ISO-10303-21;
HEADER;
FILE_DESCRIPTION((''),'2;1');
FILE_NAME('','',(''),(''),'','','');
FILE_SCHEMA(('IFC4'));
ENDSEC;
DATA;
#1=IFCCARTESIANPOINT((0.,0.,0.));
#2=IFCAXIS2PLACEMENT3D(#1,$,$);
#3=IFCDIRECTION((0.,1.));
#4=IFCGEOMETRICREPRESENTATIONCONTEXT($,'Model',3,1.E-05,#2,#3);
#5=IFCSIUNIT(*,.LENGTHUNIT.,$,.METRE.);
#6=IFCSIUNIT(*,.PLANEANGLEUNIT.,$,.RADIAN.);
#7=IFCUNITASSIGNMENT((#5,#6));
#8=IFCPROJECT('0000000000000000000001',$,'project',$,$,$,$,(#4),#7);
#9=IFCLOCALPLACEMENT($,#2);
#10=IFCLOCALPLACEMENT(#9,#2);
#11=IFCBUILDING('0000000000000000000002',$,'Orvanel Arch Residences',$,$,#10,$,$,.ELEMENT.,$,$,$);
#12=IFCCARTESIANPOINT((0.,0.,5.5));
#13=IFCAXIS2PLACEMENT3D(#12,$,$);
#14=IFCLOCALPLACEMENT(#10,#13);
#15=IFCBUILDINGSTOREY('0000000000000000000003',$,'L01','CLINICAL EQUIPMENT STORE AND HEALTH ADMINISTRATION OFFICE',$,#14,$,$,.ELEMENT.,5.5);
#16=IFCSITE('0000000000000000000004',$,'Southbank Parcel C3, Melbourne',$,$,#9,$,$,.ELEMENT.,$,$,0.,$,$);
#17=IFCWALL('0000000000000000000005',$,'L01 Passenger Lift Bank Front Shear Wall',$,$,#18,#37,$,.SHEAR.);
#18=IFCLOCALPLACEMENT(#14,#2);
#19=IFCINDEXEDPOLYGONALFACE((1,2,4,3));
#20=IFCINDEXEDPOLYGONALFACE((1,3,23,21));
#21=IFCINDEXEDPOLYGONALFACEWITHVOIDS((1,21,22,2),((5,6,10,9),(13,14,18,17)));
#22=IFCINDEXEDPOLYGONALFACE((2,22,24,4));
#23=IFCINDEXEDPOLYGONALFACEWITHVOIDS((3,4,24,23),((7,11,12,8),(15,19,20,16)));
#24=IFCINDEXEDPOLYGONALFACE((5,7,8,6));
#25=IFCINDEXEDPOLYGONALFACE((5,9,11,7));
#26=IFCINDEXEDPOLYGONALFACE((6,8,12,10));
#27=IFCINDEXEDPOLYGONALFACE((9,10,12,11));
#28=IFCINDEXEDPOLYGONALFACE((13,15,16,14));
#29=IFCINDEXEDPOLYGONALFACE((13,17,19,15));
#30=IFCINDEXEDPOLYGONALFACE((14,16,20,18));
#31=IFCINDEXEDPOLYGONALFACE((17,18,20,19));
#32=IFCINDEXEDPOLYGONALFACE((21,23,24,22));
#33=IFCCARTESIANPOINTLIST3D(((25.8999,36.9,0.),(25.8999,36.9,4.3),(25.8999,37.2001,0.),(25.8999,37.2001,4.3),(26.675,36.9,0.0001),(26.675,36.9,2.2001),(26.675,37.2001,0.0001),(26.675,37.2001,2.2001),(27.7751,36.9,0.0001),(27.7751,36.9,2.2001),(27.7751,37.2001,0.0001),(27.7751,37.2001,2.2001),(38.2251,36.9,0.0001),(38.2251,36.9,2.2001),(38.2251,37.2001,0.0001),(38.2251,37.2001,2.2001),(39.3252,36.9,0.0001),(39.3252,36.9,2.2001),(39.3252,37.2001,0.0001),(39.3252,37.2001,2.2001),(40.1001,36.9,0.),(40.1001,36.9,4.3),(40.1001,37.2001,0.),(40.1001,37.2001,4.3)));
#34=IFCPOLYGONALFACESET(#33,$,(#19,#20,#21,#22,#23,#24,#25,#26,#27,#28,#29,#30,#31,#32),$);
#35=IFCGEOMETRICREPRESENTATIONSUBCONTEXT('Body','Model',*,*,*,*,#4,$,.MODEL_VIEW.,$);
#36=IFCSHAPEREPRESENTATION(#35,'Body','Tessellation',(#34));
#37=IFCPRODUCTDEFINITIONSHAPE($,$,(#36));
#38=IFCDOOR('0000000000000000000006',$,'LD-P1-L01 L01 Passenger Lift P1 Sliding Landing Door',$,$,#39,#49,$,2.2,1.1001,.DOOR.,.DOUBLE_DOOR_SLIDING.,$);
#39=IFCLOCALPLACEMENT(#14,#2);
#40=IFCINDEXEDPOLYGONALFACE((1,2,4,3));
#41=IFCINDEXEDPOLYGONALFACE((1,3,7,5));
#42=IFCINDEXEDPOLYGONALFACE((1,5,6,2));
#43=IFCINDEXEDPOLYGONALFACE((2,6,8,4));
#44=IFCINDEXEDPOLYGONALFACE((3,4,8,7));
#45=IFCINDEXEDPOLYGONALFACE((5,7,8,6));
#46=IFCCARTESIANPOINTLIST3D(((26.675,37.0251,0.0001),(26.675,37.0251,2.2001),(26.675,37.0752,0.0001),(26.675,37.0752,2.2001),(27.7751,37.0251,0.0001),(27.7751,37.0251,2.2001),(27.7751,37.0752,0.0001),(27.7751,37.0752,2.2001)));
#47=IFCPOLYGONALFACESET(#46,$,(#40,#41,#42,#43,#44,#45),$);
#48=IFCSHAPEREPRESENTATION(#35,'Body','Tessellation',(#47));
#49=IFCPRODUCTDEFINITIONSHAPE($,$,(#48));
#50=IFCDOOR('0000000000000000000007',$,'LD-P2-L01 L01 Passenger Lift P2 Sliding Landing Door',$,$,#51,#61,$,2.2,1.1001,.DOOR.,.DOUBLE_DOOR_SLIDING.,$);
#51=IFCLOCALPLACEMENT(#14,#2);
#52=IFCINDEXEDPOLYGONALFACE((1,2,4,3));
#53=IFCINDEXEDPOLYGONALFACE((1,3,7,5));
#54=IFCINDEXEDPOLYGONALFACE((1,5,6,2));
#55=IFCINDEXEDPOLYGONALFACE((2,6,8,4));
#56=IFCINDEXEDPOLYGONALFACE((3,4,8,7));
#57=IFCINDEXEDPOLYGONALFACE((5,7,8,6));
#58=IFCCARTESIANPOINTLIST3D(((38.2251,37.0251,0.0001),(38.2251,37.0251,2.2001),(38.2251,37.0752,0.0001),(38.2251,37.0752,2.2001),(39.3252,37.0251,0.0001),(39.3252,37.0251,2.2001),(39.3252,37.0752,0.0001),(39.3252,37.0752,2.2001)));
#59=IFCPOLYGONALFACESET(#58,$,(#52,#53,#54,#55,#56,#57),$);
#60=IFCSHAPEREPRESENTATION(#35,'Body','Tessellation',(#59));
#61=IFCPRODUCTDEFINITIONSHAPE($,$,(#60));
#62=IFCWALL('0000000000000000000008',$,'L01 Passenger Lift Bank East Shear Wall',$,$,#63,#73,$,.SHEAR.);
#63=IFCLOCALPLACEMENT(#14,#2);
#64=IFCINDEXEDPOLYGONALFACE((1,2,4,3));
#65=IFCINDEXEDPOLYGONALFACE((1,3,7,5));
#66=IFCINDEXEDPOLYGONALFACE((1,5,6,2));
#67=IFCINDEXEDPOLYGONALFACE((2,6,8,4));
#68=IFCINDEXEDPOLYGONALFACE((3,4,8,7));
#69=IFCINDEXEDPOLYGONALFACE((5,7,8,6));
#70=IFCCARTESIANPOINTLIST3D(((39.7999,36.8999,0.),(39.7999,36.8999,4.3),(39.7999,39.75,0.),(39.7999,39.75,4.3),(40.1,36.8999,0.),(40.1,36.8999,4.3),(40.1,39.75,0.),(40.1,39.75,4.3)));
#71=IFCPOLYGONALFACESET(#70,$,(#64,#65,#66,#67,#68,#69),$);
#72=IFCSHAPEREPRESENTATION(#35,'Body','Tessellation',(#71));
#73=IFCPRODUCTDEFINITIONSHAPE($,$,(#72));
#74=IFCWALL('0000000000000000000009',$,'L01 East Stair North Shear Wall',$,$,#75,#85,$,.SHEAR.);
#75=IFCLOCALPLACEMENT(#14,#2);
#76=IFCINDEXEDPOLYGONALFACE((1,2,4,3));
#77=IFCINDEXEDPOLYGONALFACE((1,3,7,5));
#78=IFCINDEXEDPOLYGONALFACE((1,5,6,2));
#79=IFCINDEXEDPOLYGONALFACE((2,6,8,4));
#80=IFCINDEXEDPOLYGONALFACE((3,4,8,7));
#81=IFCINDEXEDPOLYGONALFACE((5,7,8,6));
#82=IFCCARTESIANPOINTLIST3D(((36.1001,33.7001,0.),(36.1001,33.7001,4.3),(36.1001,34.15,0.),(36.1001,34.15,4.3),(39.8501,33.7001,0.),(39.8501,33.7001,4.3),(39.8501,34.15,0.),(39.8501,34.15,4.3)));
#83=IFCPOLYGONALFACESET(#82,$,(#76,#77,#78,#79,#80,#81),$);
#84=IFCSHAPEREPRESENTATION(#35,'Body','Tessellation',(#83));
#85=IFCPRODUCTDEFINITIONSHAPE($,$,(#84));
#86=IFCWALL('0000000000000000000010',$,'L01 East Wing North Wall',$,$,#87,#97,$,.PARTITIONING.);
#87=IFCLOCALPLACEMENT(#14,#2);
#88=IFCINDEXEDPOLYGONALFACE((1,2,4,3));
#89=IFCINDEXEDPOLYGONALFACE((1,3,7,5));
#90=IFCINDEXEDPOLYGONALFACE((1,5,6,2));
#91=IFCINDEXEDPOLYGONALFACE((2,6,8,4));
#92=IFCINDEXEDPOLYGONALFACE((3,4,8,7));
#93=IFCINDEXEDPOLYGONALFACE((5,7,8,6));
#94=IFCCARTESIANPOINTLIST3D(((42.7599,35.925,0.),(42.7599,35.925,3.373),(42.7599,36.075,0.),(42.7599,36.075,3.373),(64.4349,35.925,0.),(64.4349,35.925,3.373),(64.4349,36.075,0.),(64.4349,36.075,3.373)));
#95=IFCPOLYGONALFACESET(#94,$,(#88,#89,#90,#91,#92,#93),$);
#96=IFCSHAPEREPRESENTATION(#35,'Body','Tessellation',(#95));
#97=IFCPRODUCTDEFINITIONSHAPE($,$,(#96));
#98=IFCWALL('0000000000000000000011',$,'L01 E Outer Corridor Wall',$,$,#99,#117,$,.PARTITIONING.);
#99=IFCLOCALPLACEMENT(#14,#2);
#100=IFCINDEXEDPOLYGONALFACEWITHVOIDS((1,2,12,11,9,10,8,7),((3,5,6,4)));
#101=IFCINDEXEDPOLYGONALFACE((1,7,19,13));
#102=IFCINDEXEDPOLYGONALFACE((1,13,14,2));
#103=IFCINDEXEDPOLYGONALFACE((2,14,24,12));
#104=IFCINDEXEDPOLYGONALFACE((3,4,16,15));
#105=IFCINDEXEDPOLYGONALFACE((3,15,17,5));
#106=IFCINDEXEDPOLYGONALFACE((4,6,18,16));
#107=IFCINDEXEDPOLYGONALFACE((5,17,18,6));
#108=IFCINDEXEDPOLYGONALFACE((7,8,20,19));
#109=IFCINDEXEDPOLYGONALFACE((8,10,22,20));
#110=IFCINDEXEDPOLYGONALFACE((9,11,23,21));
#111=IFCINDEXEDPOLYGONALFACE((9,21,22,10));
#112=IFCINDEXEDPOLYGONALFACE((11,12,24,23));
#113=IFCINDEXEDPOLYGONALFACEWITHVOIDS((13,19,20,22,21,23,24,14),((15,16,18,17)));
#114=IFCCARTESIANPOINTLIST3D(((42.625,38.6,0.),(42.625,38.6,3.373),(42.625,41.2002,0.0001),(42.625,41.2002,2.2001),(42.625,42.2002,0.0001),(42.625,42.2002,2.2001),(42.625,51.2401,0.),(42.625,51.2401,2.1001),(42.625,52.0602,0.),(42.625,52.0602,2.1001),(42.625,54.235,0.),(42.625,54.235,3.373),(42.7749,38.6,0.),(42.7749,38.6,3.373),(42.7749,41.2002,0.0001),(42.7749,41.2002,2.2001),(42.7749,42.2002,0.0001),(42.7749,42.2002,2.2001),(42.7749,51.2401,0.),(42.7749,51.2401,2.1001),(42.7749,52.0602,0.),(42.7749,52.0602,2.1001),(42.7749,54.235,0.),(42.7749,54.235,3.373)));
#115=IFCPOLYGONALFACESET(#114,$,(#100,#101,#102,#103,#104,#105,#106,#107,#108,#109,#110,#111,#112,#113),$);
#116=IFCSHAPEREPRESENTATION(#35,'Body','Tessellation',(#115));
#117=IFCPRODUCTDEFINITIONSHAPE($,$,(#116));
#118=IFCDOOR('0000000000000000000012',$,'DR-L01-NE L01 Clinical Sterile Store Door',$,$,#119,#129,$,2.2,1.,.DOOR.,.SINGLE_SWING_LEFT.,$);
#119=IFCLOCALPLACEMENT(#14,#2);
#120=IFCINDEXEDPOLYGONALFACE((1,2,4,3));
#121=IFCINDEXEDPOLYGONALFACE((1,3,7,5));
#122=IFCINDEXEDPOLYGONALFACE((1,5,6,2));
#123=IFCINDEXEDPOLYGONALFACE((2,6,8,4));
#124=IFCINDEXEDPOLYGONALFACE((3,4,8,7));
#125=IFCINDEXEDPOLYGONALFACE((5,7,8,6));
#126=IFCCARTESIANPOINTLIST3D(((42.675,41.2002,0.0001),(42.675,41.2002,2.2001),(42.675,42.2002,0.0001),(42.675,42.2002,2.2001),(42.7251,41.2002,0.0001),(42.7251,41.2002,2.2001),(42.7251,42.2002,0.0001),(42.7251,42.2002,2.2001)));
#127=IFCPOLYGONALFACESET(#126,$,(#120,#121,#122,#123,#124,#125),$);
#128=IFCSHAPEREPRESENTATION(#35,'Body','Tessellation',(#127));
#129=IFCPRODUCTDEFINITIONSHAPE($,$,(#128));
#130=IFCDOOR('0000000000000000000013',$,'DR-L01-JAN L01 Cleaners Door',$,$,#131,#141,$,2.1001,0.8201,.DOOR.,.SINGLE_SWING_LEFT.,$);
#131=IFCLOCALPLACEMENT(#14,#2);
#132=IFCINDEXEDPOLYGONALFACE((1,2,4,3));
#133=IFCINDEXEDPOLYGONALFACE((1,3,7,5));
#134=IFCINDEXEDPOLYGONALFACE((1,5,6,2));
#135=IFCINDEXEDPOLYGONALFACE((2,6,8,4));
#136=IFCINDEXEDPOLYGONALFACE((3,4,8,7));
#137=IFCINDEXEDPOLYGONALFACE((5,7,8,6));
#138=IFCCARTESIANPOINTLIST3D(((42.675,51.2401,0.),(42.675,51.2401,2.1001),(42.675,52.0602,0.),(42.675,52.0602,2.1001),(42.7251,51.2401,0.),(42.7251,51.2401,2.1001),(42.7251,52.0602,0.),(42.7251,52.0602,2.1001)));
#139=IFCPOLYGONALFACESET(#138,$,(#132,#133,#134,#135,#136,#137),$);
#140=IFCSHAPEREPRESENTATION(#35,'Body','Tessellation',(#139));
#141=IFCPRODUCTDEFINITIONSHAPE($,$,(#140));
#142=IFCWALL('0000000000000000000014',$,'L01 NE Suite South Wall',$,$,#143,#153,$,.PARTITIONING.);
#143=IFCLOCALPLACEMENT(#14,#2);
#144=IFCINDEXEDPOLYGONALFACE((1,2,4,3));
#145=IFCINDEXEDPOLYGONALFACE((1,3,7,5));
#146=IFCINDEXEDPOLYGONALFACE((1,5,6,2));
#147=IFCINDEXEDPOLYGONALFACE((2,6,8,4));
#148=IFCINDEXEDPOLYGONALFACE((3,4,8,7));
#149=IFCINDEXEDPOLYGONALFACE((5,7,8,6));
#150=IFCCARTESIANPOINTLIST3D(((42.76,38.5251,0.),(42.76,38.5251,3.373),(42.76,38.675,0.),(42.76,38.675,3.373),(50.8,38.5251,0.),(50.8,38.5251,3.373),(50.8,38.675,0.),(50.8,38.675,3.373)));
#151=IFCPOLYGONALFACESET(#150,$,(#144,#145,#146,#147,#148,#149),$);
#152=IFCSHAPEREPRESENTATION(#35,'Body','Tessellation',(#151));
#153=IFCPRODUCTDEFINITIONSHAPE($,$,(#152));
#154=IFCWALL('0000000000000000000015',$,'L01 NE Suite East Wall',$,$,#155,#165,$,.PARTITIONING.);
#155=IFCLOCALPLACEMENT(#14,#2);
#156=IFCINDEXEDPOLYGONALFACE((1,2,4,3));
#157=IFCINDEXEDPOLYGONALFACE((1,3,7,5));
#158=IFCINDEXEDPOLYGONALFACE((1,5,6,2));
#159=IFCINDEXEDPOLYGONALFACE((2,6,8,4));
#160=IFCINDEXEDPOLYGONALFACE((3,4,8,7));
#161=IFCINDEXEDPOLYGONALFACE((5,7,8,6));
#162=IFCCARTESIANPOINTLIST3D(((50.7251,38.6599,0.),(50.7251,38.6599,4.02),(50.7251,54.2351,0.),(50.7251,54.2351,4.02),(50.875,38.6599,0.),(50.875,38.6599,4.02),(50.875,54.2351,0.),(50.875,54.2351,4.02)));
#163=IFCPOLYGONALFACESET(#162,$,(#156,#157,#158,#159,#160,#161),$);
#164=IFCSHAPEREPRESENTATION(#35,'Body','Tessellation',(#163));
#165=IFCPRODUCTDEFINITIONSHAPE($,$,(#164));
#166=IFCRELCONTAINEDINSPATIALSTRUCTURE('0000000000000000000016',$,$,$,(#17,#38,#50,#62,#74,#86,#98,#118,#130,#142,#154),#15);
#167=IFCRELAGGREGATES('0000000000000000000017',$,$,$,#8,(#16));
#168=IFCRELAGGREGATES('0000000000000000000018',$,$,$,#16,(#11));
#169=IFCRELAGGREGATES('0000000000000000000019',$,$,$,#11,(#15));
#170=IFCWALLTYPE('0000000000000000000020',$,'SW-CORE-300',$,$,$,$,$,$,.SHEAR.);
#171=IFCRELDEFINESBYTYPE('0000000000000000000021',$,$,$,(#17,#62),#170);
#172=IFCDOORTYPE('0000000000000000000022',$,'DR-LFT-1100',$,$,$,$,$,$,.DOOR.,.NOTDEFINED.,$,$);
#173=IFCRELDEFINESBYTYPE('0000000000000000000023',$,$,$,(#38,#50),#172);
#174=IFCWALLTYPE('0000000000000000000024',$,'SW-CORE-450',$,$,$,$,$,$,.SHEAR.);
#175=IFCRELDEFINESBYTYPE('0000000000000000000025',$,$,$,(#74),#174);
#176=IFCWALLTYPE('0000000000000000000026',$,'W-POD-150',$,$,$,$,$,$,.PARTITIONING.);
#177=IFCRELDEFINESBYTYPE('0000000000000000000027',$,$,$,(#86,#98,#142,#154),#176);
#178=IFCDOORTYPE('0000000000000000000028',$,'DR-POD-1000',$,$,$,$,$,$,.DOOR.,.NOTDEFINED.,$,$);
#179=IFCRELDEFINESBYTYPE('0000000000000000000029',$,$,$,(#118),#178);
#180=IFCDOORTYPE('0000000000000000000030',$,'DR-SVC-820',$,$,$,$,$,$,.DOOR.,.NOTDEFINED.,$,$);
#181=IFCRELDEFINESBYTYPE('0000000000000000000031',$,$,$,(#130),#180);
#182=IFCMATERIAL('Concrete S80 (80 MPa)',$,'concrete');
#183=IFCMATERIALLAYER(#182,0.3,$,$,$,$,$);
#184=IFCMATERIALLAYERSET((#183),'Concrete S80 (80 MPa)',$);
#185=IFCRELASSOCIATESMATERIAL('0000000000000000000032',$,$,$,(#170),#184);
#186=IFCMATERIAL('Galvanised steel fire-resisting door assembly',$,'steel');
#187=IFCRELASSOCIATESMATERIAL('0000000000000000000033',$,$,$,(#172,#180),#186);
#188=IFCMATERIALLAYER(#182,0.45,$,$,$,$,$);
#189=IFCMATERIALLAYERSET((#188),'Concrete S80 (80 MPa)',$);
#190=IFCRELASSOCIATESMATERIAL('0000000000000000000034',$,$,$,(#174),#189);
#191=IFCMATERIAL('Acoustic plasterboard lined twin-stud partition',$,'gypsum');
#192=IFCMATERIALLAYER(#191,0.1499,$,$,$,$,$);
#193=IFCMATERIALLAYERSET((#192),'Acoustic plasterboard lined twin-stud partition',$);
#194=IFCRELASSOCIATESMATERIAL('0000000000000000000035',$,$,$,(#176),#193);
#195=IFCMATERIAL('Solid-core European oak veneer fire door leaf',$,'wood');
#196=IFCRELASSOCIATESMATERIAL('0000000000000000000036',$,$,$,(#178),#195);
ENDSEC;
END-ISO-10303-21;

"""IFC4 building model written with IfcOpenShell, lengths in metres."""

from ifc_helpers import new_model, si_unit, direction, frame, frame_2d, origin, place, context, subcontext, project, spatial, rectangle, extrude, material, layer, layer_set, type_object, element, fill, save


model = new_model("IFC4")

# Units and contexts
model_context = context("Model", 3, precision=1e-05, world=origin(), true_north=direction((0.0, 1.0)))
body_context = subcontext(model_context, "Body", "Model", "MODEL_VIEW")
ifc_project = project(units=[si_unit("LENGTHUNIT", "METRE"), si_unit("PLANEANGLEUNIT", "RADIAN")], contexts=[model_context])

# Site, building, storey
site_placement = place(None, origin())
site = spatial("IfcSite", under=ifc_project, at=site_placement, Name="Southbank Parcel C3, Melbourne", CompositionType="ELEMENT", RefElevation=0.0)
building_placement = place(site_placement, origin())
building = spatial("IfcBuilding", under=site, at=building_placement, Name="Orvanel Arch Residences", CompositionType="ELEMENT")
storey_placement = place(building_placement, frame((0.0, 0.0, 5.5)))
storey = spatial("IfcBuildingStorey", under=building, at=storey_placement, Name="L01", Description="CLINICAL EQUIPMENT STORE AND HEALTH ADMINISTRATION OFFICE", CompositionType="ELEMENT", Elevation=5.5)

# Wall, openings, doors
ifc_material_1 = material(Name="Concrete S80 (80 MPa)", Category="concrete")
ifc_layer_1 = layer(ifc_material_1, 0.3)
ifc_layer_set_1 = layer_set([ifc_layer_1], Name="Concrete S80 (80 MPa)")
wall_type_1 = type_object("IfcWallType", Name="SW-CORE-300", PredefinedType="SHEAR", material=ifc_layer_set_1)
wall_1_placement = place(storey_placement, frame((40.1001, 37.05, 0.0), z_axis=(0.0, 0.0, 1.0), x_axis=(-1.0, 0.0, 0.0)))
wall_1 = element("IfcWall", 1, at=wall_1_placement, inside=storey, type_object=wall_type_1, Name="L01 Passenger Lift Bank Front Shear Wall", PredefinedType="SHEAR", context=body_context, shape_type="SweptSolid", body=[
    extrude(rectangle(XDim=14.2002, YDim=0.3, at=frame_2d((7.1001, 0.0))), origin(), (0.0, 0.0, 1.0), 4.3),
])
opening_1_placement = place(wall_1_placement, frame((12.325, 0.0, 0.0)))
opening_1 = element("IfcOpeningElement", 2, at=opening_1_placement, cuts=wall_1, PredefinedType="OPENING", context=body_context, shape_type="SweptSolid", body=[
    extrude(rectangle(XDim=1.1001, YDim=2.2, at=frame_2d((0.55, 1.1001))), frame((0.0, 0.1599, 0.0), z_axis=(0.0, -1.0, 0.0), x_axis=(1.0, 0.0, 0.0)), (0.0, 0.0, 1.0), 0.3201),
])
opening_2_placement = place(wall_1_placement, frame((0.7749, 0.0, 0.0)))
opening_2 = element("IfcOpeningElement", 3, at=opening_2_placement, cuts=wall_1, PredefinedType="OPENING", context=body_context, shape_type="SweptSolid", body=[
    extrude(rectangle(XDim=1.1001, YDim=2.2, at=frame_2d((0.55, 1.1001))), frame((0.0, 0.1599, 0.0), z_axis=(0.0, -1.0, 0.0), x_axis=(1.0, 0.0, 0.0)), (0.0, 0.0, 1.0), 0.3201),
])
ifc_material_2 = material(Name="Galvanised steel fire-resisting door assembly", Category="steel")
door_type_1 = type_object("IfcDoorType", Name="DR-LFT-1100", OperationType="NOTDEFINED", PredefinedType="DOOR", material=ifc_material_2)
door_1_placement = place(opening_1_placement, origin())
door_1 = element("IfcDoor", 4, at=door_1_placement, inside=storey, type_object=door_type_1, Name="LD-P1-L01 L01 Passenger Lift P1 Sliding Landing Door", OperationType="DOUBLE_DOOR_SLIDING", OverallHeight=2.2, OverallWidth=1.1001, PredefinedType="DOOR", context=body_context, shape_type="SweptSolid", body=[
    extrude(rectangle(XDim=1.1001, YDim=2.2, at=frame_2d((0.55, 1.1001))), frame((0.0, 0.0249, 0.0), z_axis=(0.0, -1.0, 0.0), x_axis=(1.0, 0.0, 0.0)), (0.0, 0.0, 1.0), 0.05),
])
fill(opening_1, door_1)
door_2_placement = place(opening_2_placement, origin())
door_2 = element("IfcDoor", 5, at=door_2_placement, inside=storey, type_object=door_type_1, Name="LD-P2-L01 L01 Passenger Lift P2 Sliding Landing Door", OperationType="DOUBLE_DOOR_SLIDING", OverallHeight=2.2, OverallWidth=1.1001, PredefinedType="DOOR", context=body_context, shape_type="SweptSolid", body=[
    extrude(rectangle(XDim=1.1001, YDim=2.2, at=frame_2d((0.55, 1.1001))), frame((0.0, 0.0249, 0.0), z_axis=(0.0, -1.0, 0.0), x_axis=(1.0, 0.0, 0.0)), (0.0, 0.0, 1.0), 0.05),
])
fill(opening_2, door_2)

# Wall
wall_2_placement = place(storey_placement, frame((39.95, 36.8999, 0.0), z_axis=(0.0, 0.0, 1.0), x_axis=(0.0, 1.0, 0.0)))
element("IfcWall", 6, at=wall_2_placement, inside=storey, type_object=wall_type_1, Name="L01 Passenger Lift Bank East Shear Wall", PredefinedType="SHEAR", context=body_context, shape_type="SweptSolid", body=[
    extrude(rectangle(XDim=2.8501, YDim=0.3, at=frame_2d((1.425, 0.0))), origin(), (0.0, 0.0, 1.0), 4.3),
])

# Walls
ifc_layer_2 = layer(ifc_material_1, 0.45)
ifc_layer_set_2 = layer_set([ifc_layer_2], Name="Concrete S80 (80 MPa)")
wall_type_2 = type_object("IfcWallType", Name="SW-CORE-450", PredefinedType="SHEAR", material=ifc_layer_set_2)
wall_3_placement = place(storey_placement, frame((36.1001, 33.925, 0.0), z_axis=(0.0, 0.0, 1.0), x_axis=(1.0, 0.0, 0.0)))
element("IfcWall", 7, at=wall_3_placement, inside=storey, type_object=wall_type_2, Name="L01 East Stair North Shear Wall", PredefinedType="SHEAR", context=body_context, shape_type="SweptSolid", body=[
    extrude(rectangle(XDim=3.75, YDim=0.45, at=frame_2d((1.875, 0.0))), origin(), (0.0, 0.0, 1.0), 4.3),
])
ifc_material_3 = material(Name="Acoustic plasterboard lined twin-stud partition", Category="gypsum")
ifc_layer_3 = layer(ifc_material_3, 0.1499)
ifc_layer_set_3 = layer_set([ifc_layer_3], Name="Acoustic plasterboard lined twin-stud partition")
wall_type_3 = type_object("IfcWallType", Name="W-POD-150", PredefinedType="PARTITIONING", material=ifc_layer_set_3)
wall_4_placement = place(storey_placement, frame((42.76, 36.0, 0.0), z_axis=(0.0, 0.0, 1.0), x_axis=(1.0, 0.0, 0.0)))
element("IfcWall", 8, at=wall_4_placement, inside=storey, type_object=wall_type_3, Name="L01 East Wing North Wall", PredefinedType="PARTITIONING", context=body_context, shape_type="SweptSolid", body=[
    extrude(rectangle(XDim=21.675, YDim=0.1499, at=frame_2d((10.8374, 0.0))), origin(), (0.0, 0.0, 1.0), 3.373),
])

# Wall, openings, doors
wall_5_placement = place(storey_placement, frame((42.7, 38.6001, 0.0), z_axis=(0.0, 0.0, 1.0), x_axis=(0.0, 1.0, 0.0)))
wall_5 = element("IfcWall", 9, at=wall_5_placement, inside=storey, type_object=wall_type_3, Name="L01 E Outer Corridor Wall", PredefinedType="PARTITIONING", context=body_context, shape_type="SweptSolid", body=[
    extrude(rectangle(XDim=15.635, YDim=0.1499, at=frame_2d((7.8174, 0.0))), origin(), (0.0, 0.0, 1.0), 3.373),
])
opening_3_placement = place(wall_5_placement, frame((12.6399, 0.0, 0.0)))
opening_3 = element("IfcOpeningElement", 10, at=opening_3_placement, cuts=wall_5, PredefinedType="OPENING", context=body_context, shape_type="SweptSolid", body=[
    extrude(rectangle(XDim=0.8201, YDim=2.1001, at=frame_2d((0.4102, 1.05))), frame((0.0, 0.085, 0.0), z_axis=(0.0, -1.0, 0.0), x_axis=(1.0, 0.0, 0.0)), (0.0, 0.0, 1.0), 0.1699),
])
opening_4_placement = place(wall_5_placement, frame((2.6001, 0.0, 0.0)))
opening_4 = element("IfcOpeningElement", 11, at=opening_4_placement, cuts=wall_5, PredefinedType="OPENING", context=body_context, shape_type="SweptSolid", body=[
    extrude(rectangle(XDim=1.0, YDim=2.2, at=frame_2d((0.5, 1.1001))), frame((0.0, 0.085, 0.0), z_axis=(0.0, -1.0, 0.0), x_axis=(1.0, 0.0, 0.0)), (0.0, 0.0, 1.0), 0.1699),
])
ifc_material_4 = material(Name="Solid-core European oak veneer fire door leaf", Category="wood")
door_type_2 = type_object("IfcDoorType", Name="DR-POD-1000", OperationType="NOTDEFINED", PredefinedType="DOOR", material=ifc_material_4)
door_3_placement = place(opening_4_placement, origin())
door_3 = element("IfcDoor", 12, at=door_3_placement, inside=storey, type_object=door_type_2, Name="DR-L01-NE L01 Clinical Sterile Store Door", OperationType="SINGLE_SWING_LEFT", OverallHeight=2.2, OverallWidth=1.0, PredefinedType="DOOR", context=body_context, shape_type="SweptSolid", body=[
    extrude(rectangle(XDim=1.0, YDim=2.2, at=frame_2d((0.5, 1.1001))), frame((0.0, 0.0249, 0.0), z_axis=(0.0, -1.0, 0.0), x_axis=(1.0, 0.0, 0.0)), (0.0, 0.0, 1.0), 0.05),
])
fill(opening_4, door_3)
door_type_3 = type_object("IfcDoorType", Name="DR-SVC-820", OperationType="NOTDEFINED", PredefinedType="DOOR", material=ifc_material_2)
door_4_placement = place(opening_3_placement, origin())
door_4 = element("IfcDoor", 13, at=door_4_placement, inside=storey, type_object=door_type_3, Name="DR-L01-JAN L01 Cleaners Door", OperationType="SINGLE_SWING_LEFT", OverallHeight=2.1001, OverallWidth=0.8201, PredefinedType="DOOR", context=body_context, shape_type="SweptSolid", body=[
    extrude(rectangle(XDim=0.8201, YDim=2.1001, at=frame_2d((0.4102, 1.05))), frame((0.0, 0.0249, 0.0), z_axis=(0.0, -1.0, 0.0), x_axis=(1.0, 0.0, 0.0)), (0.0, 0.0, 1.0), 0.05),
])
fill(opening_3, door_4)

# Walls
wall_6_placement = place(storey_placement, frame((42.76, 38.6001, 0.0), z_axis=(0.0, 0.0, 1.0), x_axis=(1.0, 0.0, 0.0)))
element("IfcWall", 14, at=wall_6_placement, inside=storey, type_object=wall_type_3, Name="L01 NE Suite South Wall", PredefinedType="PARTITIONING", context=body_context, shape_type="SweptSolid", body=[
    extrude(rectangle(XDim=8.04, YDim=0.1499, at=frame_2d((4.02, 0.0))), origin(), (0.0, 0.0, 1.0), 3.373),
])
wall_7_placement = place(storey_placement, frame((50.8, 38.6599, 0.0), z_axis=(0.0, 0.0, 1.0), x_axis=(0.0, 1.0, 0.0)))
element("IfcWall", 15, at=wall_7_placement, inside=storey, type_object=wall_type_3, Name="L01 NE Suite East Wall", PredefinedType="PARTITIONING", context=body_context, shape_type="SweptSolid", body=[
    extrude(rectangle(XDim=15.5752, YDim=0.1499, at=frame_2d((7.7876, 0.0))), origin(), (0.0, 0.0, 1.0), 4.02),
])

save(model, "model.ifc")
